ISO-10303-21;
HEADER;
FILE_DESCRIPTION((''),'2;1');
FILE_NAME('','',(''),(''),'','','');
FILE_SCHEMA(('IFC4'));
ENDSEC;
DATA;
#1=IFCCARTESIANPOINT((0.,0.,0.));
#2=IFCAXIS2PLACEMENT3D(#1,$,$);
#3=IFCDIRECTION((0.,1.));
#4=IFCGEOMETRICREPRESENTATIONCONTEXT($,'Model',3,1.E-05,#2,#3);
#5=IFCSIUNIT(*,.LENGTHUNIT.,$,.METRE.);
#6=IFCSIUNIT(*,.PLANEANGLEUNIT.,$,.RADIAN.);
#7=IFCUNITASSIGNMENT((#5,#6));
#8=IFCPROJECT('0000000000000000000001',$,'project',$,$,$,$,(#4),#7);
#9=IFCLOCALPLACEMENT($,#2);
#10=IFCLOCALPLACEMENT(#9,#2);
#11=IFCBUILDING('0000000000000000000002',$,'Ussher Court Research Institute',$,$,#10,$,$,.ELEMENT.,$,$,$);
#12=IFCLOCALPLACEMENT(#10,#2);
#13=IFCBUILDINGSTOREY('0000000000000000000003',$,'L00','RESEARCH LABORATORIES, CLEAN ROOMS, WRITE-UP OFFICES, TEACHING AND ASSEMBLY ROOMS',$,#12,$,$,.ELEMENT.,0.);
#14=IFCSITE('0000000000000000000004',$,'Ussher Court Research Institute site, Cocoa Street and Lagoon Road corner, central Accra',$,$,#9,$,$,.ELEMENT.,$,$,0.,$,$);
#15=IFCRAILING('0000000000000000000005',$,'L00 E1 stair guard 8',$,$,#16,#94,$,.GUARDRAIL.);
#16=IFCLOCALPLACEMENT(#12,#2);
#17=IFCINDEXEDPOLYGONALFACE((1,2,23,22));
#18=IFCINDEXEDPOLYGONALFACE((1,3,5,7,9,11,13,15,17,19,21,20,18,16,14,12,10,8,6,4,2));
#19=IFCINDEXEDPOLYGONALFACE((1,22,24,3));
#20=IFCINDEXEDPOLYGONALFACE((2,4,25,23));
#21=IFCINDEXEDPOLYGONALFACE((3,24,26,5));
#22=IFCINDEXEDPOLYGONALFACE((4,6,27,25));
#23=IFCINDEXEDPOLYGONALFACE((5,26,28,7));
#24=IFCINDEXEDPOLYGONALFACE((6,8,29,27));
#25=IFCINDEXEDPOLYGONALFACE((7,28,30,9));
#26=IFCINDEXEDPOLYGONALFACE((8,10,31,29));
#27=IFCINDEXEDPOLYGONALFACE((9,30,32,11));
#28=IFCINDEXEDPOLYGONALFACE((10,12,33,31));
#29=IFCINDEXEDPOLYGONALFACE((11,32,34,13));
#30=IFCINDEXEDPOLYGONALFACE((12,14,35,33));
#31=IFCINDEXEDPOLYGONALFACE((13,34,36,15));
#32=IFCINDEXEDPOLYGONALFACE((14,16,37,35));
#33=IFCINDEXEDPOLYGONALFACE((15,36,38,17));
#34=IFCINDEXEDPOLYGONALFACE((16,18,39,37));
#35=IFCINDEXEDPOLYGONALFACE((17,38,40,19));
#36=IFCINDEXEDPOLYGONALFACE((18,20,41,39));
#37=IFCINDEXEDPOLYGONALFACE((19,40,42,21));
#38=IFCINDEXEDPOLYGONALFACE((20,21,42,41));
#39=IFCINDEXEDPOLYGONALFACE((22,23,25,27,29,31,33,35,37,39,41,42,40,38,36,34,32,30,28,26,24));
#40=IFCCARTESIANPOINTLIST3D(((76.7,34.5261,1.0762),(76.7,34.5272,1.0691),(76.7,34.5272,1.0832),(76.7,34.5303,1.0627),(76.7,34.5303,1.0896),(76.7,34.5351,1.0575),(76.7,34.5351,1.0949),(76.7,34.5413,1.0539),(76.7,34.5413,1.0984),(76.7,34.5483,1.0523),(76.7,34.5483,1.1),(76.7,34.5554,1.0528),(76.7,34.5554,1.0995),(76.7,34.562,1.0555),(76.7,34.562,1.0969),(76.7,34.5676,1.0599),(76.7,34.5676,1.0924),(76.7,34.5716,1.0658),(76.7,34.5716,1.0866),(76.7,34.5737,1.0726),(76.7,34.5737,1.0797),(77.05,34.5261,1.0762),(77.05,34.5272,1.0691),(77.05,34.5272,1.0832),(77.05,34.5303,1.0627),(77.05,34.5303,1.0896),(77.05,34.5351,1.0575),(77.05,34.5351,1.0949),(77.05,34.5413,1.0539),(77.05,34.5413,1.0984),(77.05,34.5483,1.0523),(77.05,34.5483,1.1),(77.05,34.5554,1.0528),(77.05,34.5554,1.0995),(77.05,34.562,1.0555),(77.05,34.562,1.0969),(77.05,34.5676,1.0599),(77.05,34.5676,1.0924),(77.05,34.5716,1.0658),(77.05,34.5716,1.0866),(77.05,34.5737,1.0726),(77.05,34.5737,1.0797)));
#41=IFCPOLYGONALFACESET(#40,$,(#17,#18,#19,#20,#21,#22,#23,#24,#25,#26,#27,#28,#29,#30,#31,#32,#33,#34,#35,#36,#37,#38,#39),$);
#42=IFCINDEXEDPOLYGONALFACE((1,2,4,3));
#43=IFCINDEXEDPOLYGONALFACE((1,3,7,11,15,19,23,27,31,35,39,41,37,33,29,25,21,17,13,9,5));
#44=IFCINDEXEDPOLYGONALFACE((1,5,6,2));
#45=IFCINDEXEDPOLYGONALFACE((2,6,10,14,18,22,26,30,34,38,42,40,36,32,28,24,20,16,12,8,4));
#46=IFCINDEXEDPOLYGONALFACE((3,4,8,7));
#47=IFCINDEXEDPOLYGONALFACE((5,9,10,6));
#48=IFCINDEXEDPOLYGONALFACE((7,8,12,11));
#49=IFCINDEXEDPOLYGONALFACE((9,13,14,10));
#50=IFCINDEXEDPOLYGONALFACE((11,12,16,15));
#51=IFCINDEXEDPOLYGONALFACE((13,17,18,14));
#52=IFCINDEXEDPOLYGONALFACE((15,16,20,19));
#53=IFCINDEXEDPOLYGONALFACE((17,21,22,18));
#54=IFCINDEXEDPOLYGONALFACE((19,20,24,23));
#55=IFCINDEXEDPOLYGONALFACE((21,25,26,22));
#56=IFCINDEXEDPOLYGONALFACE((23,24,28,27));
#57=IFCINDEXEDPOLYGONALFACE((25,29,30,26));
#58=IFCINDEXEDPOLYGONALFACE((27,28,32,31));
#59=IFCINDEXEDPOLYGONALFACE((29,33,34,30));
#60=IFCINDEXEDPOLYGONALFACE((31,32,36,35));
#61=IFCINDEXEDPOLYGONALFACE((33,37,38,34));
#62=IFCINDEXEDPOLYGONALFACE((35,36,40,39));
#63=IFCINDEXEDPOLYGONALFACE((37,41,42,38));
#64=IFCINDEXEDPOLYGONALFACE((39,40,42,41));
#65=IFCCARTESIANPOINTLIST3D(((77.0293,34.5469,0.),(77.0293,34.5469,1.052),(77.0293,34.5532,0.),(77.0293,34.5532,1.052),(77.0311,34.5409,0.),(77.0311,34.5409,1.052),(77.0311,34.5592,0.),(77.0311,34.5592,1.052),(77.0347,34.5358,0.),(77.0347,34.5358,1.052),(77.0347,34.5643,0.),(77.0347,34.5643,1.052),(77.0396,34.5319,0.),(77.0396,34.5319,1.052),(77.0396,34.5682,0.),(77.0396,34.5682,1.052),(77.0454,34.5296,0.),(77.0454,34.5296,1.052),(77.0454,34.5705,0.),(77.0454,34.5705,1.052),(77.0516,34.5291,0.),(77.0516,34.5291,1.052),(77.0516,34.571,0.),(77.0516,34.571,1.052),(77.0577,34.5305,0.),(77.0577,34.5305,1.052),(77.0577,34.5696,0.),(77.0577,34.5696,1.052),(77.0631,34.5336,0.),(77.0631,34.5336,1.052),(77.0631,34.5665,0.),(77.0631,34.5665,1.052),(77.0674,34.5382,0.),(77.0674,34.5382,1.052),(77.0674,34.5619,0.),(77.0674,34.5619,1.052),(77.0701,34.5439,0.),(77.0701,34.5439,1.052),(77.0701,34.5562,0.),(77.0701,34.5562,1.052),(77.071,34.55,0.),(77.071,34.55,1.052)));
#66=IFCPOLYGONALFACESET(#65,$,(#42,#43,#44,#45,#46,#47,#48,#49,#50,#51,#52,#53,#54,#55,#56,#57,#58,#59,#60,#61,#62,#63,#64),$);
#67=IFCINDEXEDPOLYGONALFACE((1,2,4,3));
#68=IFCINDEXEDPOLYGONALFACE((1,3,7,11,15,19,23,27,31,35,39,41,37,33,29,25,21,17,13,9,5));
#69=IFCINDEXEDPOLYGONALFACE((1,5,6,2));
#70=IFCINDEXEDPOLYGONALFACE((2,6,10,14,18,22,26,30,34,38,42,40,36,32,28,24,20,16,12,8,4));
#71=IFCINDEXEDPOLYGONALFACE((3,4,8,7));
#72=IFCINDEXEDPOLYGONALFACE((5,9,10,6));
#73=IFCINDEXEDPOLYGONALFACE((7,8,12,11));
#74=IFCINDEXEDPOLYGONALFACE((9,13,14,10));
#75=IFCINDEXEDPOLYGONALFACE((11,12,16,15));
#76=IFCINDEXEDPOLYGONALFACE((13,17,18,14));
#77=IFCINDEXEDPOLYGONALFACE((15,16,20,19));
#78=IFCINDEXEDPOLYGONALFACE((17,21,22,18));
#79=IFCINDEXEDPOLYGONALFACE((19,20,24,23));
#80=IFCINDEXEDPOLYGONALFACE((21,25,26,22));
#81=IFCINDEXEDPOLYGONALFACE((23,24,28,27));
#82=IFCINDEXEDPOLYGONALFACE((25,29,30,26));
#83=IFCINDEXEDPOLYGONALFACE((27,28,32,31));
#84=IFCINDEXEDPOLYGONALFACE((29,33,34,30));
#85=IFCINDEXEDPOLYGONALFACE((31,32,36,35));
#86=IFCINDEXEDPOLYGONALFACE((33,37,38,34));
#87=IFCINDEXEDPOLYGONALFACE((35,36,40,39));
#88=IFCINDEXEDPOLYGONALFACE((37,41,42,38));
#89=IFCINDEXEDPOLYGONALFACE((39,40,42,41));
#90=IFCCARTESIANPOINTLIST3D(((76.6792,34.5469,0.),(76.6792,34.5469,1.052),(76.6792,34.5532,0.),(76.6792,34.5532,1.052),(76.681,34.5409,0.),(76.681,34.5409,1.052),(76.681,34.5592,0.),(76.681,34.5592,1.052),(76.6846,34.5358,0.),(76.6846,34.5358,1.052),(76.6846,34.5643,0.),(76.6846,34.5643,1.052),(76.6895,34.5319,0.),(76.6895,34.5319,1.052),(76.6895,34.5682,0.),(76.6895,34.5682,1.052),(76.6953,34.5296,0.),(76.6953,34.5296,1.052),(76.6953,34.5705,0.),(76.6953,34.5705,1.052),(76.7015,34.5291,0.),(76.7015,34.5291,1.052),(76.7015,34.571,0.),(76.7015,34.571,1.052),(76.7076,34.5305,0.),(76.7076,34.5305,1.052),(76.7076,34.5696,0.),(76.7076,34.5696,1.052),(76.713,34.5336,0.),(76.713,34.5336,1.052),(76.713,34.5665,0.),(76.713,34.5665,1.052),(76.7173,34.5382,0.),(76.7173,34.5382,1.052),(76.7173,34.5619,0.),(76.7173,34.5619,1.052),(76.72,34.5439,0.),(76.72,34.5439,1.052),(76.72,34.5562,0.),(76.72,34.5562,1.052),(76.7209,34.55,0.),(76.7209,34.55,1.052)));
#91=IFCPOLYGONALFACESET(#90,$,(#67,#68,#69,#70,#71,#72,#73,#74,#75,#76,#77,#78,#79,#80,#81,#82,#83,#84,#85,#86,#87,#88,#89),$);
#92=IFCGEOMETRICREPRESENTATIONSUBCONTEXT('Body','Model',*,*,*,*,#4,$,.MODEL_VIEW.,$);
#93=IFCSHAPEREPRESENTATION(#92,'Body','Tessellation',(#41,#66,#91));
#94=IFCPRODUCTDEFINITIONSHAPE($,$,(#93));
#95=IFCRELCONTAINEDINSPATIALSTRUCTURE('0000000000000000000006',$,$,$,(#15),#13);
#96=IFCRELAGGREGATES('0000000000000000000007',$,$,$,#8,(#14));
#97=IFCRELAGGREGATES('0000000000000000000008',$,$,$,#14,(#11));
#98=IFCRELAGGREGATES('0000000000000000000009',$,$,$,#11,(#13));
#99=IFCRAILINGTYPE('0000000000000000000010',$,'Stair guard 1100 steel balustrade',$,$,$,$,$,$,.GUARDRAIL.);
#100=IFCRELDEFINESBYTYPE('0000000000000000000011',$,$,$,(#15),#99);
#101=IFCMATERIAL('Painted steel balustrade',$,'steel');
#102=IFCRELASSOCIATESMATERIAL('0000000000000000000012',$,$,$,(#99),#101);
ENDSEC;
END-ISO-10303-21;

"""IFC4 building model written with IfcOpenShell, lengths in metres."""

from ifc_helpers import new_model, si_unit, direction, frame, origin, origin_2d, place, context, subcontext, project, spatial, circle, extrude, material, type_object, element, save


model = new_model("IFC4")

# Units and contexts
model_context = context("Model", 3, precision=1e-05, world=origin(), true_north=direction((0.0, 1.0)))
body_context = subcontext(model_context, "Body", "Model", "MODEL_VIEW")
ifc_project = project(units=[si_unit("LENGTHUNIT", "METRE"), si_unit("PLANEANGLEUNIT", "RADIAN")], contexts=[model_context])

# Site, building, storey
site_placement = place(None, origin())
site = spatial("IfcSite", under=ifc_project, at=site_placement, Name="Ussher Court Research Institute site, Cocoa Street and Lagoon Road corner, central Accra", CompositionType="ELEMENT", RefElevation=0.0)
building_placement = place(site_placement, origin())
building = spatial("IfcBuilding", under=site, at=building_placement, Name="Ussher Court Research Institute", CompositionType="ELEMENT")
storey_placement = place(building_placement, origin())
storey = spatial("IfcBuildingStorey", under=building, at=storey_placement, Name="L00", Description="RESEARCH LABORATORIES, CLEAN ROOMS, WRITE-UP OFFICES, TEACHING AND ASSEMBLY ROOMS", CompositionType="ELEMENT", Elevation=0.0)

# Railing
ifc_material_1 = material(Name="Painted steel balustrade", Category="steel")
railing_type_1 = type_object("IfcRailingType", Name="Stair guard 1100 steel balustrade", PredefinedType="GUARDRAIL", material=ifc_material_1)
railing_1_placement = place(storey_placement, frame((77.05, 34.55, 0.0)))
element("IfcRailing", 1, at=railing_1_placement, inside=storey, type_object=railing_type_1, Name="L00 E1 stair guard 8", PredefinedType="GUARDRAIL", context=body_context, shape_type="SweptSolid", body=[
    extrude(circle(Radius=0.0239, at=origin_2d()), frame((0.0, 0.0, 1.0762), z_axis=(-1.0, 0.0, 0.0), x_axis=(0.0, -1.0, 0.0)), (0.0, 0.0, 1.0), 0.3501),
    extrude(circle(Radius=0.021, at=origin_2d()), origin(), (0.0, 0.0, 1.0), 1.052),
    extrude(circle(Radius=0.021, at=origin_2d()), frame((-0.3501, 0.0, 0.0)), (0.0, 0.0, 1.0), 1.052),
])

save(model, "model.ifc")
